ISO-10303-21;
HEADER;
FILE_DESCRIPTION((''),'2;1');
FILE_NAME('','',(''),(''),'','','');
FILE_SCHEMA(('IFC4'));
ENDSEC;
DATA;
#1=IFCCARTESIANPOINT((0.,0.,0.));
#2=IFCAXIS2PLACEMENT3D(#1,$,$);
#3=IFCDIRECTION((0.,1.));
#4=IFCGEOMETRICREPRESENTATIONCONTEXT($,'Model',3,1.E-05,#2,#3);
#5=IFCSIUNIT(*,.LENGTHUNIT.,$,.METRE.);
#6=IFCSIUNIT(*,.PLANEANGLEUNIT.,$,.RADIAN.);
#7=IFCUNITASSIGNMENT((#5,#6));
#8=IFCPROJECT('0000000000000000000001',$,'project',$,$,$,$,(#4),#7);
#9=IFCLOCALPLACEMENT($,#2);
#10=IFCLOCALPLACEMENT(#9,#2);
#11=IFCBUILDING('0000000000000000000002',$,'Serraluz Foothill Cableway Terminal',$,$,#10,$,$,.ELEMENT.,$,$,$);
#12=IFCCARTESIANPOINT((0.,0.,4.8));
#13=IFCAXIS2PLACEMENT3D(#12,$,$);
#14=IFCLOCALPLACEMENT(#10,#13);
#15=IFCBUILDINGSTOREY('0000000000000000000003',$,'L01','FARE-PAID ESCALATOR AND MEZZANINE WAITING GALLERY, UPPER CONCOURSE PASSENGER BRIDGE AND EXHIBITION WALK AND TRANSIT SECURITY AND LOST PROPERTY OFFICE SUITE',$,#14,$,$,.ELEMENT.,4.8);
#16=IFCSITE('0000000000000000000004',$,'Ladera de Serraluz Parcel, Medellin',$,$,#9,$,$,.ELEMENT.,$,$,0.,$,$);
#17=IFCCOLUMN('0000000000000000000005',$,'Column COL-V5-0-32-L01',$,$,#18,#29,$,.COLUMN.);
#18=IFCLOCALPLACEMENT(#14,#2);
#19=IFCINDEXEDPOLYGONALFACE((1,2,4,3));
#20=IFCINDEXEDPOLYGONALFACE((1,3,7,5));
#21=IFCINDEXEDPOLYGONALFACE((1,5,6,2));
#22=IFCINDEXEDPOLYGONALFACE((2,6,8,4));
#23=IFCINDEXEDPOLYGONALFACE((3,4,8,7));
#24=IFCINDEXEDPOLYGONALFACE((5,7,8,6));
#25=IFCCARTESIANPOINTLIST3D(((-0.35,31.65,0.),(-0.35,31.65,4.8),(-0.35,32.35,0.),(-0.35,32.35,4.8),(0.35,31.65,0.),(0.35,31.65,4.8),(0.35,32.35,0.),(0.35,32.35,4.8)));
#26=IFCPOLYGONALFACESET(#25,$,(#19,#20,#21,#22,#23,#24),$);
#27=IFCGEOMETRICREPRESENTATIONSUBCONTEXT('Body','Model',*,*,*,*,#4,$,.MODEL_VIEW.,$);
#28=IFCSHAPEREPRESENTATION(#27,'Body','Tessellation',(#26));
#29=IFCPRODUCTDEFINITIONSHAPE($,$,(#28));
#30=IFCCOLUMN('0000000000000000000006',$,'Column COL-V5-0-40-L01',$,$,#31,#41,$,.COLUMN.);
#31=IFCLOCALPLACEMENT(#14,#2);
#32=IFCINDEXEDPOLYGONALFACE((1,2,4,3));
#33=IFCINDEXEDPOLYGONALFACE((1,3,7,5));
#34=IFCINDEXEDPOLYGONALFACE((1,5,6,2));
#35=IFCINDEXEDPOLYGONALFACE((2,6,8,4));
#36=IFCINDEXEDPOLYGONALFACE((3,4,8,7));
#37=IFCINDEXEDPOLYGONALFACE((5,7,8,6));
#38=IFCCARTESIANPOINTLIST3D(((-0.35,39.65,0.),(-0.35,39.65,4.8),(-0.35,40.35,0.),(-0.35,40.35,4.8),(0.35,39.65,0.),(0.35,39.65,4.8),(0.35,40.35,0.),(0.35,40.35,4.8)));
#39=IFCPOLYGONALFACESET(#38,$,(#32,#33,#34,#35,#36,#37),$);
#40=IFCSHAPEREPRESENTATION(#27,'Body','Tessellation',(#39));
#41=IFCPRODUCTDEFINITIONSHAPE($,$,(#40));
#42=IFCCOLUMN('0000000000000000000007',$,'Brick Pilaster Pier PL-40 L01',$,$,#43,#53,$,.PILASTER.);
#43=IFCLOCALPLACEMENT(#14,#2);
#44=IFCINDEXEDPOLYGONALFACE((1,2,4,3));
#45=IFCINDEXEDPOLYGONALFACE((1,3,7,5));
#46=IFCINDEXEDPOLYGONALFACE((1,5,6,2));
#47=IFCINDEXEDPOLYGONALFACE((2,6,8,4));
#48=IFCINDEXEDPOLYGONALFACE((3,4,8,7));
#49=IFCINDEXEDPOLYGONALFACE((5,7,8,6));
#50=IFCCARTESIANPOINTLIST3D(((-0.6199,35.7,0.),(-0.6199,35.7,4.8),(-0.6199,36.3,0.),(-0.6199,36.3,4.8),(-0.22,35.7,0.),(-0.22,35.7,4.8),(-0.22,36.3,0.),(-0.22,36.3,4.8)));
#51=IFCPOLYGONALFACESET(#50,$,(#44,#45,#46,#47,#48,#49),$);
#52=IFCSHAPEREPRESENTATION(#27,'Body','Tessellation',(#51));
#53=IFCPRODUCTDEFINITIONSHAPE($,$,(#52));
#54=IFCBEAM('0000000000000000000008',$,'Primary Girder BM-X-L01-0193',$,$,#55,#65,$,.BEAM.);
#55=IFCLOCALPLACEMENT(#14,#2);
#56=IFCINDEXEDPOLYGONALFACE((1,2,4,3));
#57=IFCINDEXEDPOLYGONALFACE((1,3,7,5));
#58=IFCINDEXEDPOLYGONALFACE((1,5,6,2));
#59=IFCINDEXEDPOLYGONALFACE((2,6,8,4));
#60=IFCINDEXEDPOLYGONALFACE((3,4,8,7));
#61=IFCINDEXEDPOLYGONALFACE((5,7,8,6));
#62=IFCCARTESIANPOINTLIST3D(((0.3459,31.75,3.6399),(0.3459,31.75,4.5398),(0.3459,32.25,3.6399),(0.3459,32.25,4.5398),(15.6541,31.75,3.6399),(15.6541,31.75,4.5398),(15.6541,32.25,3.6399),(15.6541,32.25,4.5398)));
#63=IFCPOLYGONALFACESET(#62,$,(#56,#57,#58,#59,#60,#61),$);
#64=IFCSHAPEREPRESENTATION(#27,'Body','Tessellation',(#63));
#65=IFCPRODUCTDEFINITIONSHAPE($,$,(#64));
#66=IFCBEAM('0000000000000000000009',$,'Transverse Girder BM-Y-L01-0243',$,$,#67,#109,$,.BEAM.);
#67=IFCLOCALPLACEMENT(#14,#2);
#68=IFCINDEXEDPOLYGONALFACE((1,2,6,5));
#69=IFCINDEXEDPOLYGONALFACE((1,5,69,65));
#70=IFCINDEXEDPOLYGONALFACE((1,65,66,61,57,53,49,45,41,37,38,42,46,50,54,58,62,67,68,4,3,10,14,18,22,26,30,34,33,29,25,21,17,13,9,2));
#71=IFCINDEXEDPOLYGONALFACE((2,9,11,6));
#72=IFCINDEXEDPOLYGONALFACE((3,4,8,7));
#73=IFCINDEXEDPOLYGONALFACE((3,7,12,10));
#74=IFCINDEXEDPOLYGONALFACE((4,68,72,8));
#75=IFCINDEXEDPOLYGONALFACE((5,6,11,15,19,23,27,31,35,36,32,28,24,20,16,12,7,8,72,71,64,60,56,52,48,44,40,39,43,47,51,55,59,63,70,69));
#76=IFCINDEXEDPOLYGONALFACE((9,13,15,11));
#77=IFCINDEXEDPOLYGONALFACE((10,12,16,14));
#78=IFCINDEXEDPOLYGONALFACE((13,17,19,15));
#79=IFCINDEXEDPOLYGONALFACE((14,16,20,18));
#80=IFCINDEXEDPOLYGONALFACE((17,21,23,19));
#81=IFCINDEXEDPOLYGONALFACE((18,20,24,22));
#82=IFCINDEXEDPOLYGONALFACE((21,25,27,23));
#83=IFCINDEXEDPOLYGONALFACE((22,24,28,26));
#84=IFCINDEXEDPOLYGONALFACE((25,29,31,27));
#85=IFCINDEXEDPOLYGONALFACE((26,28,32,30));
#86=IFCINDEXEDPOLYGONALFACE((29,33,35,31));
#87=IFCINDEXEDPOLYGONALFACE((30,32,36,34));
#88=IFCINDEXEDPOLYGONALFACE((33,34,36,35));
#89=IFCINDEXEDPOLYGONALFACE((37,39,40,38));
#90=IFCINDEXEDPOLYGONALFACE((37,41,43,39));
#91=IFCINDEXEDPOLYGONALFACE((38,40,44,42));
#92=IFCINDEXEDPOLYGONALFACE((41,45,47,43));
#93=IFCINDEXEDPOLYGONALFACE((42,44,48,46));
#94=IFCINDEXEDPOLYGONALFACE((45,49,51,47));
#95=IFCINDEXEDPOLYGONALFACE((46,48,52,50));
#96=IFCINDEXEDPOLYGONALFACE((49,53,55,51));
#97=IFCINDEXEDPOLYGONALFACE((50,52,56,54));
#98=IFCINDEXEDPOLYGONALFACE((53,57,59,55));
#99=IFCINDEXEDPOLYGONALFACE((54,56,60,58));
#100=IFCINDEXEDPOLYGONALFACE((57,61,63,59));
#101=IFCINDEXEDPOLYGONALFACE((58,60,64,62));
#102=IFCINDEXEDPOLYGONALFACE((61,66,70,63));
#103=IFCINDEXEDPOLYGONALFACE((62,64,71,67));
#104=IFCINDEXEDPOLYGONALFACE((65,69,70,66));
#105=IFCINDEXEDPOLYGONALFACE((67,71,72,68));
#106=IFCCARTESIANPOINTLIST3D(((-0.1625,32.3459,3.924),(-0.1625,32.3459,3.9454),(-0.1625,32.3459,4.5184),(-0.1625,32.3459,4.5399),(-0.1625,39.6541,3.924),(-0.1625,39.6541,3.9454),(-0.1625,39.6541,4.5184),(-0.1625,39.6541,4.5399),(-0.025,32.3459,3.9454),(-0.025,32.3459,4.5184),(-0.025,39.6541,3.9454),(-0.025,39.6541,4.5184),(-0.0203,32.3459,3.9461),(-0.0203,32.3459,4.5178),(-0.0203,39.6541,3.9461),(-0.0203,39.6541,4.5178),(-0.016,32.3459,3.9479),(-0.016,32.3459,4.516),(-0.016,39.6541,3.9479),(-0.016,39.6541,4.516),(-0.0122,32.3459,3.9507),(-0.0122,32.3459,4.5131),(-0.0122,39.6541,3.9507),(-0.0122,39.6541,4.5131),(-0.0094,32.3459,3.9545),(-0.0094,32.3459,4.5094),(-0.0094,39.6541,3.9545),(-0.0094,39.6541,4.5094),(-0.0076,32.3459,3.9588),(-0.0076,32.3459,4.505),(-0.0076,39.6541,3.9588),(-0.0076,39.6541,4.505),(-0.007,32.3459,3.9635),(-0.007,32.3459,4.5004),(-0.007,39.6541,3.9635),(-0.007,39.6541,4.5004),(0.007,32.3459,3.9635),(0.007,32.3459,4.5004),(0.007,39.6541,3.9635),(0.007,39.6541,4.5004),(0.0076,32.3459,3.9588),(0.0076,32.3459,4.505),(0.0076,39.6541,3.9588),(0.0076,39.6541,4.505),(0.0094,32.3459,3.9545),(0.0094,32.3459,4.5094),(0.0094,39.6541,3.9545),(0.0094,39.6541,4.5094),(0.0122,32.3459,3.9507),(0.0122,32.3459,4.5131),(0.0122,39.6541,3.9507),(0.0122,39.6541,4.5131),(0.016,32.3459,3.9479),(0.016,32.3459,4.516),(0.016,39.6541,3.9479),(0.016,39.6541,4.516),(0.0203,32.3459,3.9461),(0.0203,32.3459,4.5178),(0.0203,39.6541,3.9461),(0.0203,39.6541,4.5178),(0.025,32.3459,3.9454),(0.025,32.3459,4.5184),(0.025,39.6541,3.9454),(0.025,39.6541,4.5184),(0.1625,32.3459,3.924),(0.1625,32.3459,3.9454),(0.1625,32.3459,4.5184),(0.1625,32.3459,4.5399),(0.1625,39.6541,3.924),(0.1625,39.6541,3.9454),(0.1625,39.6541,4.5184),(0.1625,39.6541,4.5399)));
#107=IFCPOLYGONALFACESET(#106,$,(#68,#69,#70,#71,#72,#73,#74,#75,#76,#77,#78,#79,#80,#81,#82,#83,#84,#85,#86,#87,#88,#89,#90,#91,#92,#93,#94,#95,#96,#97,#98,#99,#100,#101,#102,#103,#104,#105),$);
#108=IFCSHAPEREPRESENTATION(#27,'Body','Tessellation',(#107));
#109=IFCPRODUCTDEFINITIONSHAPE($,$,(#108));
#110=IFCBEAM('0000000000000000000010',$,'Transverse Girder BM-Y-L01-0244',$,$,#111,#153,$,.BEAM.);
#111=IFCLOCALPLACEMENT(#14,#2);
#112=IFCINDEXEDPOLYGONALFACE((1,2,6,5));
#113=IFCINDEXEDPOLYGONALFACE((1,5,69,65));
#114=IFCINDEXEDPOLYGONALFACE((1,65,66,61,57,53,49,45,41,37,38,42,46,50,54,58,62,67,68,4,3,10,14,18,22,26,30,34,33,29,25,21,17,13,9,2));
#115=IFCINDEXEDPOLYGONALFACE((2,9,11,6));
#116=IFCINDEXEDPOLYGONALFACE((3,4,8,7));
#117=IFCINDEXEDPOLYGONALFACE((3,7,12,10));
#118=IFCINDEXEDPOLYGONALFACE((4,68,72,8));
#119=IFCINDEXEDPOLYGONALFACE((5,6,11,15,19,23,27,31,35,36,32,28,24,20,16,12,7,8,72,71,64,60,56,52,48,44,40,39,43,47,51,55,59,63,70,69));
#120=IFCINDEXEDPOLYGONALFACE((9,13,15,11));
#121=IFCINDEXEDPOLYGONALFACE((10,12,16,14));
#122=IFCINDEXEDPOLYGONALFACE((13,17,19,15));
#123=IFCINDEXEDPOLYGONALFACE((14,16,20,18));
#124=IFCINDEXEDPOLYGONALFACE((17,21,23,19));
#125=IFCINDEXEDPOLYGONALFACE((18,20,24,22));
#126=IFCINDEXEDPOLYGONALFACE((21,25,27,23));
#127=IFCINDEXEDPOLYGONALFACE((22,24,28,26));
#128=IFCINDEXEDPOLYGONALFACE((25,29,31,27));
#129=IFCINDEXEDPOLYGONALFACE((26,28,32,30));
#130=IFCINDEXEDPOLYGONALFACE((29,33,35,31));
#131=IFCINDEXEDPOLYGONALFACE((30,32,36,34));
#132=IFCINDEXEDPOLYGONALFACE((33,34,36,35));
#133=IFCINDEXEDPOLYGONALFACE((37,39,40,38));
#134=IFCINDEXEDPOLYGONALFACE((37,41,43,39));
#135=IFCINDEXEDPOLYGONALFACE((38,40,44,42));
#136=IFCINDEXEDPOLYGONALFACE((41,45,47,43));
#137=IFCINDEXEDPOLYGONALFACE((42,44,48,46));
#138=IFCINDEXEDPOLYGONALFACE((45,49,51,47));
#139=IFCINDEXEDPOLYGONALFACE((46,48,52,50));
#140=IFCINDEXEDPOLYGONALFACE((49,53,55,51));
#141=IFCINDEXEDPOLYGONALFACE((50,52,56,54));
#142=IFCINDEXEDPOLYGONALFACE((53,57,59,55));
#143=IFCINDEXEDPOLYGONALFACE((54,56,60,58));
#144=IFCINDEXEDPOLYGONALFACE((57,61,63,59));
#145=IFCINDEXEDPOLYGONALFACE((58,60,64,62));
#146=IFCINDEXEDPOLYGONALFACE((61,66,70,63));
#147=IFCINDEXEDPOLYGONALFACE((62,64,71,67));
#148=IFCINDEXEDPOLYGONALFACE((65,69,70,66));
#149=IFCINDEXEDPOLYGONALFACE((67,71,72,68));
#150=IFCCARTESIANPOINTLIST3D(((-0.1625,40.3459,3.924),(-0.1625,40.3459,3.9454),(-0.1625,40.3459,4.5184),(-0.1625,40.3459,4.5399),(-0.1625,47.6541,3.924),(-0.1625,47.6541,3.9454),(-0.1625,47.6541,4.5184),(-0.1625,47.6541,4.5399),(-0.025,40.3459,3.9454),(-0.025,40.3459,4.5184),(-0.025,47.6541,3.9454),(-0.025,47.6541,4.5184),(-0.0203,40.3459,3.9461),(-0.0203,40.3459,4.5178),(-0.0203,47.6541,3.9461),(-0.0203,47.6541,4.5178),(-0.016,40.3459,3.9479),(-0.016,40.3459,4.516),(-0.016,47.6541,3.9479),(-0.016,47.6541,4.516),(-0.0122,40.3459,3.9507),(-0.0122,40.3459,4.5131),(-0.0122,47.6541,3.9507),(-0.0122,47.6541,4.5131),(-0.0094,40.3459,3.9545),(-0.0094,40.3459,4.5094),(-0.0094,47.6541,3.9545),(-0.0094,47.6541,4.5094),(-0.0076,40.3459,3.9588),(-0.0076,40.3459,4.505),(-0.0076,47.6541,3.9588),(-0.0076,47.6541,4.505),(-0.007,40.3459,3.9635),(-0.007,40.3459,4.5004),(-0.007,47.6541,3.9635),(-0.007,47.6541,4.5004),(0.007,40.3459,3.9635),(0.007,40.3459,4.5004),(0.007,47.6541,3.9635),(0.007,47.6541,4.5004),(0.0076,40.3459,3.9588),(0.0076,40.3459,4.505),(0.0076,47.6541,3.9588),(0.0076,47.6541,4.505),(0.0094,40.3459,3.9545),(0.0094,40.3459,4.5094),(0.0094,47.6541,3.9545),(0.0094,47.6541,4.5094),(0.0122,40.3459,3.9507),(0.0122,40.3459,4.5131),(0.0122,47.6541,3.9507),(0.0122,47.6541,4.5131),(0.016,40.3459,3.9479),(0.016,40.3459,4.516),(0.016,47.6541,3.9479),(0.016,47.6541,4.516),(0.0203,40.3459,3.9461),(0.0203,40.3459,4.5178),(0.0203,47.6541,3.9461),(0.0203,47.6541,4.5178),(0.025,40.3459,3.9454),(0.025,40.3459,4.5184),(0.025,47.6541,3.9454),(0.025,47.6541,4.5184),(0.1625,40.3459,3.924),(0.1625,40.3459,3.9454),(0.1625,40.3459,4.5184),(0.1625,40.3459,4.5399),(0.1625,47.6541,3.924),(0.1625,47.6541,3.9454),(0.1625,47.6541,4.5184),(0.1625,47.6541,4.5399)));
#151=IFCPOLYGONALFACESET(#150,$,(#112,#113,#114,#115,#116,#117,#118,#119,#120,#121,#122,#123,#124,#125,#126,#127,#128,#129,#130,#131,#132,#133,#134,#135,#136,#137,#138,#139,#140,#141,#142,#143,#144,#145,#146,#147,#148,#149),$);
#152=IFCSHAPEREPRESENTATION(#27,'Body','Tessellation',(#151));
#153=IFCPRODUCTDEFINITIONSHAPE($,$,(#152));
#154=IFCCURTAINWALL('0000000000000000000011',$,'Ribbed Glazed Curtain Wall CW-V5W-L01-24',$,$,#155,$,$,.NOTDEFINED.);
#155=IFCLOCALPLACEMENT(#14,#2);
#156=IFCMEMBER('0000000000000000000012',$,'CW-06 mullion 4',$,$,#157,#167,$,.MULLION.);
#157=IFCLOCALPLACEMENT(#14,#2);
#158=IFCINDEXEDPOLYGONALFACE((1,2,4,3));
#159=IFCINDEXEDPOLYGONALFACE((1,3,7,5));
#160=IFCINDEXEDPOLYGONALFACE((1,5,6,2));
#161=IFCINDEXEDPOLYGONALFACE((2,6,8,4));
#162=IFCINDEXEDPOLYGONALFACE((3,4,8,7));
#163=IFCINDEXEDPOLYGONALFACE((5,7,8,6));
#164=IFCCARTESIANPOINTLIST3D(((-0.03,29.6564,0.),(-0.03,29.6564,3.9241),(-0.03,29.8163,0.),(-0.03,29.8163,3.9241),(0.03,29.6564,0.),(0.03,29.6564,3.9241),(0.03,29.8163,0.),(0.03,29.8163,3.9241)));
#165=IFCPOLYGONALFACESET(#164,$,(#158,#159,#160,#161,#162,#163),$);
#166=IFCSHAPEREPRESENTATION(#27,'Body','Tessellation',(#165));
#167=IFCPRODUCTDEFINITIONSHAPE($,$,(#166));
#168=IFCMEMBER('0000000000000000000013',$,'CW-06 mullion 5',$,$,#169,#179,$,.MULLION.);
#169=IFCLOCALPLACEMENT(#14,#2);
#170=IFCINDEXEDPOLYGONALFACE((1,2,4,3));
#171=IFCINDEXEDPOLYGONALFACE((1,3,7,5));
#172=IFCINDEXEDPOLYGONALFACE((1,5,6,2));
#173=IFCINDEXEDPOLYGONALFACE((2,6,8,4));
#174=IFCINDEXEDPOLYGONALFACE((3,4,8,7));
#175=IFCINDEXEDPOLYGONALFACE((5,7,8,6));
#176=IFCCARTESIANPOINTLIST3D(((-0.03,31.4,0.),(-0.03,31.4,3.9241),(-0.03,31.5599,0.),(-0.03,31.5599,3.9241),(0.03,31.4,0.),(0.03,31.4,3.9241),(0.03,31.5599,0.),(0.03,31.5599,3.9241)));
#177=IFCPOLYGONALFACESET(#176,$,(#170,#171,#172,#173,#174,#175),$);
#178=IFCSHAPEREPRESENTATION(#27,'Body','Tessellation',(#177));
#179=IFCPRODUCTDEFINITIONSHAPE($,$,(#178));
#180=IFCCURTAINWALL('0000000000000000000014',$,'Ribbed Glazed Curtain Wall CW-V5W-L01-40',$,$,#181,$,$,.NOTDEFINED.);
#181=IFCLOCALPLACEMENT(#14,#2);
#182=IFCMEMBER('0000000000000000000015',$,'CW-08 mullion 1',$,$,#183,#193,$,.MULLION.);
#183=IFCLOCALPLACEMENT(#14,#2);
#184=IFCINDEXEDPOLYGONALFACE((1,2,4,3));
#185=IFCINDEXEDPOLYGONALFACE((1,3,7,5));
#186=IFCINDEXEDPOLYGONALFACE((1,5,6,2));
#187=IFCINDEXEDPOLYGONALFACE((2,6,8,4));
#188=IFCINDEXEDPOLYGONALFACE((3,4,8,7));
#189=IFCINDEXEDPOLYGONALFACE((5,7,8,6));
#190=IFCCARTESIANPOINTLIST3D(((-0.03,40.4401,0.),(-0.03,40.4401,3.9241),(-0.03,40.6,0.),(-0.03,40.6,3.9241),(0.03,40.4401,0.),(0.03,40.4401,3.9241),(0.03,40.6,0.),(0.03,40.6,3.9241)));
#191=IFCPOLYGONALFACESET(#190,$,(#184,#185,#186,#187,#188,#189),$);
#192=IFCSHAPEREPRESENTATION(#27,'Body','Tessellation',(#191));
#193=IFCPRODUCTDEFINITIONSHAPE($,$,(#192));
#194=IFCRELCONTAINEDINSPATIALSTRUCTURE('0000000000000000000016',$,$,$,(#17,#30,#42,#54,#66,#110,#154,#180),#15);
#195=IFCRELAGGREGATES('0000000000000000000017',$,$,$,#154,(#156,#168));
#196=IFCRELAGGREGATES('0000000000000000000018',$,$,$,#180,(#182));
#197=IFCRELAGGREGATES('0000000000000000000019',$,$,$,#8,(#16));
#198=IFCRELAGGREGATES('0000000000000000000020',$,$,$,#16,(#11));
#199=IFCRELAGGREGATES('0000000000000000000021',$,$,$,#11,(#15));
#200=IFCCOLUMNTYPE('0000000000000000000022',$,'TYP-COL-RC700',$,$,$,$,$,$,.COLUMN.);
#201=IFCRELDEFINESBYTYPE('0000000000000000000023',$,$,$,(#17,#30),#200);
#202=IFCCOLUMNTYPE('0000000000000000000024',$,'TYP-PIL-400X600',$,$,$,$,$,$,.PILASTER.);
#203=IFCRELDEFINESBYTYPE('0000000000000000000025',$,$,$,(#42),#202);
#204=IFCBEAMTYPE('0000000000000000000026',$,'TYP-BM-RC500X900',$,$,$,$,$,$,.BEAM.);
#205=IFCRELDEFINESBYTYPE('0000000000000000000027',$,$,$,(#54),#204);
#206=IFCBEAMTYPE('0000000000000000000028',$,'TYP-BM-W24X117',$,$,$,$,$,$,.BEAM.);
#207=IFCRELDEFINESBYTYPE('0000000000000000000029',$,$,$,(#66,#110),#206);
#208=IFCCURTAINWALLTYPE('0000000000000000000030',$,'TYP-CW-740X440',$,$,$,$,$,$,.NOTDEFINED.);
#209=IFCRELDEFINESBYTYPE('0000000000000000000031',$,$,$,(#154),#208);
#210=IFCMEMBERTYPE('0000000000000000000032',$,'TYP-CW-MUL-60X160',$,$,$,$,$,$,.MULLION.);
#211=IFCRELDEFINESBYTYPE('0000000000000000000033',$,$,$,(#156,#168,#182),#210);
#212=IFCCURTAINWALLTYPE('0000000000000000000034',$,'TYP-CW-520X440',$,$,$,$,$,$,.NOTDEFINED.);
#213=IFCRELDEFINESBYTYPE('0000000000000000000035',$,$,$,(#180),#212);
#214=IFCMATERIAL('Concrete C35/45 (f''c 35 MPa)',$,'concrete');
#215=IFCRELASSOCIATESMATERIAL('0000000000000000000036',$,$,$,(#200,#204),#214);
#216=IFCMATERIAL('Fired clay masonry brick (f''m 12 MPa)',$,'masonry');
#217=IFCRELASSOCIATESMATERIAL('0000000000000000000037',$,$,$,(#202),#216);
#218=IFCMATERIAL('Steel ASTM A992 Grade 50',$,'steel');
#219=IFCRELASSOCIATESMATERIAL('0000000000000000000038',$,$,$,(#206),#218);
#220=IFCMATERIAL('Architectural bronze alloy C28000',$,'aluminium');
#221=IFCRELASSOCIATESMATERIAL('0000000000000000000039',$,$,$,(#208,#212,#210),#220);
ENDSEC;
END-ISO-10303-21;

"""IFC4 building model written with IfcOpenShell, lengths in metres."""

from ifc_helpers import new_model, si_unit, direction, frame, origin, origin_2d, place, context, subcontext, project, spatial, rectangle, i_section, extrude, material, material_profile, profile_set, type_object, element, aggregate, save


model = new_model("IFC4")

# Units and contexts
model_context = context("Model", 3, precision=1e-05, world=origin(), true_north=direction((0.0, 1.0)))
body_context = subcontext(model_context, "Body", "Model", "MODEL_VIEW")
ifc_project = project(units=[si_unit("LENGTHUNIT", "METRE"), si_unit("PLANEANGLEUNIT", "RADIAN")], contexts=[model_context])

# Site, building, storey
site_placement = place(None, origin())
site = spatial("IfcSite", under=ifc_project, at=site_placement, Name="Ladera de Serraluz Parcel, Medellin", CompositionType="ELEMENT", RefElevation=0.0)
building_placement = place(site_placement, origin())
building = spatial("IfcBuilding", under=site, at=building_placement, Name="Serraluz Foothill Cableway Terminal", CompositionType="ELEMENT")
storey_placement = place(building_placement, frame((0.0, 0.0, 4.8)))
storey = spatial("IfcBuildingStorey", under=building, at=storey_placement, Name="L01", Description="FARE-PAID ESCALATOR AND MEZZANINE WAITING GALLERY, UPPER CONCOURSE PASSENGER BRIDGE AND EXHIBITION WALK AND TRANSIT SECURITY AND LOST PROPERTY OFFICE SUITE", CompositionType="ELEMENT", Elevation=4.8)

# Columns
ifc_material_1 = material(Name="Concrete C35/45 (f'c 35 MPa)", Category="concrete")
ifc_material_profile_1 = material_profile(ifc_material_1, rectangle(XDim=0.7, YDim=0.7, at=origin_2d()), Name="RC 700x700")
ifc_profile_set_1 = profile_set([ifc_material_profile_1], Name="Concrete C35/45 (f'c 35 MPa)")
column_type_1 = type_object("IfcColumnType", Name="TYP-COL-RC700", PredefinedType="COLUMN", material=ifc_profile_set_1)
for number, where, z_axis, x_axis, name in (
    (1, (0.0, 32.0, 0.0), (0.0, 0.0, 1.0), (1.0, 0.0, 0.0), "Column COL-V5-0-32-L01"),
    (2, (0.0, 40.0, 0.0), (0.0, 0.0, 1.0), (1.0, 0.0, 0.0), "Column COL-V5-0-40-L01"),
):
    element("IfcColumn", number, at=place(storey_placement, frame(where, z_axis=z_axis, x_axis=x_axis)), inside=storey, type_object=column_type_1, Name=name, PredefinedType="COLUMN", context=body_context, shape_type="SweptSolid", body=[
        extrude(rectangle(XDim=0.7, YDim=0.7, at=origin_2d()), origin(), (0.0, 0.0, 1.0), 4.8),
    ])
ifc_material_2 = material(Name="Fired clay masonry brick (f'm 12 MPa)", Category="masonry")
ifc_material_profile_2 = material_profile(ifc_material_2, rectangle(XDim=0.3999, YDim=0.6001, at=origin_2d()), Name="PIL 400x600")
ifc_profile_set_2 = profile_set([ifc_material_profile_2], Name="Fired clay masonry brick (f'm 12 MPa)")
column_type_2 = type_object("IfcColumnType", Name="TYP-PIL-400X600", PredefinedType="PILASTER", material=ifc_profile_set_2)
column_placement = place(storey_placement, frame((-0.4199, 36.0, 0.0), z_axis=(0.0, 0.0, 1.0), x_axis=(1.0, 0.0, 0.0)))
element("IfcColumn", 3, at=column_placement, inside=storey, type_object=column_type_2, Name="Brick Pilaster Pier PL-40 L01", PredefinedType="PILASTER", context=body_context, shape_type="SweptSolid", body=[
    extrude(rectangle(XDim=0.3999, YDim=0.6001, at=origin_2d()), origin(), (0.0, 0.0, 1.0), 4.8),
])

# Beams
ifc_material_profile_3 = material_profile(ifc_material_1, rectangle(XDim=0.5, YDim=0.8999, at=origin_2d()), Name="RC 500x900")
ifc_profile_set_3 = profile_set([ifc_material_profile_3], Name="Concrete C35/45 (f'c 35 MPa)")
beam_type_1 = type_object("IfcBeamType", Name="TYP-BM-RC500X900", PredefinedType="BEAM", material=ifc_profile_set_3)
beam_placement = place(storey_placement, frame((0.3459, 32.0, 4.0898), z_axis=(1.0, 0.0, 0.0), x_axis=(0.0, 1.0, 0.0)))
element("IfcBeam", 4, at=beam_placement, inside=storey, type_object=beam_type_1, Name="Primary Girder BM-X-L01-0193", PredefinedType="BEAM", context=body_context, shape_type="SweptSolid", body=[
    extrude(rectangle(XDim=0.5, YDim=0.8999, at=origin_2d()), origin(), (0.0, 0.0, 1.0), 15.3081),
])
ifc_material_3 = material(Name="Steel ASTM A992 Grade 50", Category="steel")
ifc_material_profile_4 = material_profile(ifc_material_3, i_section(OverallWidth=0.325, OverallDepth=0.616, WebThickness=0.0139, FlangeThickness=0.0215, FilletRadius=0.0181, at=origin_2d()), Name="W24X117")
ifc_profile_set_4 = profile_set([ifc_material_profile_4], Name="Steel ASTM A992 Grade 50")
beam_type_2 = type_object("IfcBeamType", Name="TYP-BM-W24X117", PredefinedType="BEAM", material=ifc_profile_set_4)
for number, where, z_axis, x_axis, name in (
    (5, (0.0, 32.3459, 4.2319), (0.0, 1.0, 0.0), (-1.0, 0.0, 0.0), "Transverse Girder BM-Y-L01-0243"),
    (6, (0.0, 40.3459, 4.2319), (0.0, 1.0, 0.0), (-1.0, 0.0, 0.0), "Transverse Girder BM-Y-L01-0244"),
):
    element("IfcBeam", number, at=place(storey_placement, frame(where, z_axis=z_axis, x_axis=x_axis)), inside=storey, type_object=beam_type_2, Name=name, PredefinedType="BEAM", context=body_context, shape_type="SweptSolid", body=[
        extrude(i_section(OverallWidth=0.325, OverallDepth=0.616, WebThickness=0.0139, FlangeThickness=0.0215, FilletRadius=0.0181, at=origin_2d()), origin(), (0.0, 0.0, 1.0), 7.3081),
    ])

# Curtain wall, members
ifc_material_4 = material(Name="Architectural bronze alloy C28000", Category="aluminium")
curtain_wall_type_1 = type_object("IfcCurtainWallType", Name="TYP-CW-740X440", PredefinedType="NOTDEFINED", material=ifc_material_4)
curtain_wall_1_placement = place(storey_placement, origin())
curtain_wall_1 = element("IfcCurtainWall", 7, at=curtain_wall_1_placement, inside=storey, type_object=curtain_wall_type_1, Name="Ribbed Glazed Curtain Wall CW-V5W-L01-24", PredefinedType="NOTDEFINED")
ifc_material_profile_5 = material_profile(ifc_material_4, rectangle(XDim=0.0601, YDim=0.1599, at=origin_2d()), Name="ALU MULLION 60x160")
ifc_profile_set_5 = profile_set([ifc_material_profile_5], Name="Architectural bronze alloy C28000")
member_type_1 = type_object("IfcMemberType", Name="TYP-CW-MUL-60X160", PredefinedType="MULLION", material=ifc_profile_set_5)
member_1_placement = place(storey_placement, frame((0.0, 29.7363, 0.0), z_axis=(0.0, 0.0, 1.0), x_axis=(-1.0, 0.0, 0.0)))
member_1 = element("IfcMember", 8, at=member_1_placement, type_object=member_type_1, Name="CW-06 mullion 4", PredefinedType="MULLION", context=body_context, shape_type="SweptSolid", body=[
    extrude(rectangle(XDim=0.0601, YDim=0.1599, at=origin_2d()), origin(), (0.0, 0.0, 1.0), 3.9241),
])
member_2_placement = place(storey_placement, frame((0.0, 31.48, 0.0), z_axis=(0.0, 0.0, 1.0), x_axis=(-1.0, 0.0, 0.0)))
member_2 = element("IfcMember", 9, at=member_2_placement, type_object=member_type_1, Name="CW-06 mullion 5", PredefinedType="MULLION", context=body_context, shape_type="SweptSolid", body=[
    extrude(rectangle(XDim=0.0601, YDim=0.1599, at=origin_2d()), origin(), (0.0, 0.0, 1.0), 3.9241),
])

# Curtain wall, member
curtain_wall_type_2 = type_object("IfcCurtainWallType", Name="TYP-CW-520X440", PredefinedType="NOTDEFINED", material=ifc_material_4)
curtain_wall_2_placement = place(storey_placement, origin())
curtain_wall_2 = element("IfcCurtainWall", 10, at=curtain_wall_2_placement, inside=storey, type_object=curtain_wall_type_2, Name="Ribbed Glazed Curtain Wall CW-V5W-L01-40", PredefinedType="NOTDEFINED")
member_3_placement = place(storey_placement, frame((0.0, 40.52, 0.0), z_axis=(0.0, 0.0, 1.0), x_axis=(-1.0, 0.0, 0.0)))
member_3 = element("IfcMember", 11, at=member_3_placement, type_object=member_type_1, Name="CW-08 mullion 1", PredefinedType="MULLION", context=body_context, shape_type="SweptSolid", body=[
    extrude(rectangle(XDim=0.0601, YDim=0.1599, at=origin_2d()), origin(), (0.0, 0.0, 1.0), 3.9241),
])

aggregate(curtain_wall_1, [member_1, member_2])
aggregate(curtain_wall_2, [member_3])

save(model, "model.ifc")
